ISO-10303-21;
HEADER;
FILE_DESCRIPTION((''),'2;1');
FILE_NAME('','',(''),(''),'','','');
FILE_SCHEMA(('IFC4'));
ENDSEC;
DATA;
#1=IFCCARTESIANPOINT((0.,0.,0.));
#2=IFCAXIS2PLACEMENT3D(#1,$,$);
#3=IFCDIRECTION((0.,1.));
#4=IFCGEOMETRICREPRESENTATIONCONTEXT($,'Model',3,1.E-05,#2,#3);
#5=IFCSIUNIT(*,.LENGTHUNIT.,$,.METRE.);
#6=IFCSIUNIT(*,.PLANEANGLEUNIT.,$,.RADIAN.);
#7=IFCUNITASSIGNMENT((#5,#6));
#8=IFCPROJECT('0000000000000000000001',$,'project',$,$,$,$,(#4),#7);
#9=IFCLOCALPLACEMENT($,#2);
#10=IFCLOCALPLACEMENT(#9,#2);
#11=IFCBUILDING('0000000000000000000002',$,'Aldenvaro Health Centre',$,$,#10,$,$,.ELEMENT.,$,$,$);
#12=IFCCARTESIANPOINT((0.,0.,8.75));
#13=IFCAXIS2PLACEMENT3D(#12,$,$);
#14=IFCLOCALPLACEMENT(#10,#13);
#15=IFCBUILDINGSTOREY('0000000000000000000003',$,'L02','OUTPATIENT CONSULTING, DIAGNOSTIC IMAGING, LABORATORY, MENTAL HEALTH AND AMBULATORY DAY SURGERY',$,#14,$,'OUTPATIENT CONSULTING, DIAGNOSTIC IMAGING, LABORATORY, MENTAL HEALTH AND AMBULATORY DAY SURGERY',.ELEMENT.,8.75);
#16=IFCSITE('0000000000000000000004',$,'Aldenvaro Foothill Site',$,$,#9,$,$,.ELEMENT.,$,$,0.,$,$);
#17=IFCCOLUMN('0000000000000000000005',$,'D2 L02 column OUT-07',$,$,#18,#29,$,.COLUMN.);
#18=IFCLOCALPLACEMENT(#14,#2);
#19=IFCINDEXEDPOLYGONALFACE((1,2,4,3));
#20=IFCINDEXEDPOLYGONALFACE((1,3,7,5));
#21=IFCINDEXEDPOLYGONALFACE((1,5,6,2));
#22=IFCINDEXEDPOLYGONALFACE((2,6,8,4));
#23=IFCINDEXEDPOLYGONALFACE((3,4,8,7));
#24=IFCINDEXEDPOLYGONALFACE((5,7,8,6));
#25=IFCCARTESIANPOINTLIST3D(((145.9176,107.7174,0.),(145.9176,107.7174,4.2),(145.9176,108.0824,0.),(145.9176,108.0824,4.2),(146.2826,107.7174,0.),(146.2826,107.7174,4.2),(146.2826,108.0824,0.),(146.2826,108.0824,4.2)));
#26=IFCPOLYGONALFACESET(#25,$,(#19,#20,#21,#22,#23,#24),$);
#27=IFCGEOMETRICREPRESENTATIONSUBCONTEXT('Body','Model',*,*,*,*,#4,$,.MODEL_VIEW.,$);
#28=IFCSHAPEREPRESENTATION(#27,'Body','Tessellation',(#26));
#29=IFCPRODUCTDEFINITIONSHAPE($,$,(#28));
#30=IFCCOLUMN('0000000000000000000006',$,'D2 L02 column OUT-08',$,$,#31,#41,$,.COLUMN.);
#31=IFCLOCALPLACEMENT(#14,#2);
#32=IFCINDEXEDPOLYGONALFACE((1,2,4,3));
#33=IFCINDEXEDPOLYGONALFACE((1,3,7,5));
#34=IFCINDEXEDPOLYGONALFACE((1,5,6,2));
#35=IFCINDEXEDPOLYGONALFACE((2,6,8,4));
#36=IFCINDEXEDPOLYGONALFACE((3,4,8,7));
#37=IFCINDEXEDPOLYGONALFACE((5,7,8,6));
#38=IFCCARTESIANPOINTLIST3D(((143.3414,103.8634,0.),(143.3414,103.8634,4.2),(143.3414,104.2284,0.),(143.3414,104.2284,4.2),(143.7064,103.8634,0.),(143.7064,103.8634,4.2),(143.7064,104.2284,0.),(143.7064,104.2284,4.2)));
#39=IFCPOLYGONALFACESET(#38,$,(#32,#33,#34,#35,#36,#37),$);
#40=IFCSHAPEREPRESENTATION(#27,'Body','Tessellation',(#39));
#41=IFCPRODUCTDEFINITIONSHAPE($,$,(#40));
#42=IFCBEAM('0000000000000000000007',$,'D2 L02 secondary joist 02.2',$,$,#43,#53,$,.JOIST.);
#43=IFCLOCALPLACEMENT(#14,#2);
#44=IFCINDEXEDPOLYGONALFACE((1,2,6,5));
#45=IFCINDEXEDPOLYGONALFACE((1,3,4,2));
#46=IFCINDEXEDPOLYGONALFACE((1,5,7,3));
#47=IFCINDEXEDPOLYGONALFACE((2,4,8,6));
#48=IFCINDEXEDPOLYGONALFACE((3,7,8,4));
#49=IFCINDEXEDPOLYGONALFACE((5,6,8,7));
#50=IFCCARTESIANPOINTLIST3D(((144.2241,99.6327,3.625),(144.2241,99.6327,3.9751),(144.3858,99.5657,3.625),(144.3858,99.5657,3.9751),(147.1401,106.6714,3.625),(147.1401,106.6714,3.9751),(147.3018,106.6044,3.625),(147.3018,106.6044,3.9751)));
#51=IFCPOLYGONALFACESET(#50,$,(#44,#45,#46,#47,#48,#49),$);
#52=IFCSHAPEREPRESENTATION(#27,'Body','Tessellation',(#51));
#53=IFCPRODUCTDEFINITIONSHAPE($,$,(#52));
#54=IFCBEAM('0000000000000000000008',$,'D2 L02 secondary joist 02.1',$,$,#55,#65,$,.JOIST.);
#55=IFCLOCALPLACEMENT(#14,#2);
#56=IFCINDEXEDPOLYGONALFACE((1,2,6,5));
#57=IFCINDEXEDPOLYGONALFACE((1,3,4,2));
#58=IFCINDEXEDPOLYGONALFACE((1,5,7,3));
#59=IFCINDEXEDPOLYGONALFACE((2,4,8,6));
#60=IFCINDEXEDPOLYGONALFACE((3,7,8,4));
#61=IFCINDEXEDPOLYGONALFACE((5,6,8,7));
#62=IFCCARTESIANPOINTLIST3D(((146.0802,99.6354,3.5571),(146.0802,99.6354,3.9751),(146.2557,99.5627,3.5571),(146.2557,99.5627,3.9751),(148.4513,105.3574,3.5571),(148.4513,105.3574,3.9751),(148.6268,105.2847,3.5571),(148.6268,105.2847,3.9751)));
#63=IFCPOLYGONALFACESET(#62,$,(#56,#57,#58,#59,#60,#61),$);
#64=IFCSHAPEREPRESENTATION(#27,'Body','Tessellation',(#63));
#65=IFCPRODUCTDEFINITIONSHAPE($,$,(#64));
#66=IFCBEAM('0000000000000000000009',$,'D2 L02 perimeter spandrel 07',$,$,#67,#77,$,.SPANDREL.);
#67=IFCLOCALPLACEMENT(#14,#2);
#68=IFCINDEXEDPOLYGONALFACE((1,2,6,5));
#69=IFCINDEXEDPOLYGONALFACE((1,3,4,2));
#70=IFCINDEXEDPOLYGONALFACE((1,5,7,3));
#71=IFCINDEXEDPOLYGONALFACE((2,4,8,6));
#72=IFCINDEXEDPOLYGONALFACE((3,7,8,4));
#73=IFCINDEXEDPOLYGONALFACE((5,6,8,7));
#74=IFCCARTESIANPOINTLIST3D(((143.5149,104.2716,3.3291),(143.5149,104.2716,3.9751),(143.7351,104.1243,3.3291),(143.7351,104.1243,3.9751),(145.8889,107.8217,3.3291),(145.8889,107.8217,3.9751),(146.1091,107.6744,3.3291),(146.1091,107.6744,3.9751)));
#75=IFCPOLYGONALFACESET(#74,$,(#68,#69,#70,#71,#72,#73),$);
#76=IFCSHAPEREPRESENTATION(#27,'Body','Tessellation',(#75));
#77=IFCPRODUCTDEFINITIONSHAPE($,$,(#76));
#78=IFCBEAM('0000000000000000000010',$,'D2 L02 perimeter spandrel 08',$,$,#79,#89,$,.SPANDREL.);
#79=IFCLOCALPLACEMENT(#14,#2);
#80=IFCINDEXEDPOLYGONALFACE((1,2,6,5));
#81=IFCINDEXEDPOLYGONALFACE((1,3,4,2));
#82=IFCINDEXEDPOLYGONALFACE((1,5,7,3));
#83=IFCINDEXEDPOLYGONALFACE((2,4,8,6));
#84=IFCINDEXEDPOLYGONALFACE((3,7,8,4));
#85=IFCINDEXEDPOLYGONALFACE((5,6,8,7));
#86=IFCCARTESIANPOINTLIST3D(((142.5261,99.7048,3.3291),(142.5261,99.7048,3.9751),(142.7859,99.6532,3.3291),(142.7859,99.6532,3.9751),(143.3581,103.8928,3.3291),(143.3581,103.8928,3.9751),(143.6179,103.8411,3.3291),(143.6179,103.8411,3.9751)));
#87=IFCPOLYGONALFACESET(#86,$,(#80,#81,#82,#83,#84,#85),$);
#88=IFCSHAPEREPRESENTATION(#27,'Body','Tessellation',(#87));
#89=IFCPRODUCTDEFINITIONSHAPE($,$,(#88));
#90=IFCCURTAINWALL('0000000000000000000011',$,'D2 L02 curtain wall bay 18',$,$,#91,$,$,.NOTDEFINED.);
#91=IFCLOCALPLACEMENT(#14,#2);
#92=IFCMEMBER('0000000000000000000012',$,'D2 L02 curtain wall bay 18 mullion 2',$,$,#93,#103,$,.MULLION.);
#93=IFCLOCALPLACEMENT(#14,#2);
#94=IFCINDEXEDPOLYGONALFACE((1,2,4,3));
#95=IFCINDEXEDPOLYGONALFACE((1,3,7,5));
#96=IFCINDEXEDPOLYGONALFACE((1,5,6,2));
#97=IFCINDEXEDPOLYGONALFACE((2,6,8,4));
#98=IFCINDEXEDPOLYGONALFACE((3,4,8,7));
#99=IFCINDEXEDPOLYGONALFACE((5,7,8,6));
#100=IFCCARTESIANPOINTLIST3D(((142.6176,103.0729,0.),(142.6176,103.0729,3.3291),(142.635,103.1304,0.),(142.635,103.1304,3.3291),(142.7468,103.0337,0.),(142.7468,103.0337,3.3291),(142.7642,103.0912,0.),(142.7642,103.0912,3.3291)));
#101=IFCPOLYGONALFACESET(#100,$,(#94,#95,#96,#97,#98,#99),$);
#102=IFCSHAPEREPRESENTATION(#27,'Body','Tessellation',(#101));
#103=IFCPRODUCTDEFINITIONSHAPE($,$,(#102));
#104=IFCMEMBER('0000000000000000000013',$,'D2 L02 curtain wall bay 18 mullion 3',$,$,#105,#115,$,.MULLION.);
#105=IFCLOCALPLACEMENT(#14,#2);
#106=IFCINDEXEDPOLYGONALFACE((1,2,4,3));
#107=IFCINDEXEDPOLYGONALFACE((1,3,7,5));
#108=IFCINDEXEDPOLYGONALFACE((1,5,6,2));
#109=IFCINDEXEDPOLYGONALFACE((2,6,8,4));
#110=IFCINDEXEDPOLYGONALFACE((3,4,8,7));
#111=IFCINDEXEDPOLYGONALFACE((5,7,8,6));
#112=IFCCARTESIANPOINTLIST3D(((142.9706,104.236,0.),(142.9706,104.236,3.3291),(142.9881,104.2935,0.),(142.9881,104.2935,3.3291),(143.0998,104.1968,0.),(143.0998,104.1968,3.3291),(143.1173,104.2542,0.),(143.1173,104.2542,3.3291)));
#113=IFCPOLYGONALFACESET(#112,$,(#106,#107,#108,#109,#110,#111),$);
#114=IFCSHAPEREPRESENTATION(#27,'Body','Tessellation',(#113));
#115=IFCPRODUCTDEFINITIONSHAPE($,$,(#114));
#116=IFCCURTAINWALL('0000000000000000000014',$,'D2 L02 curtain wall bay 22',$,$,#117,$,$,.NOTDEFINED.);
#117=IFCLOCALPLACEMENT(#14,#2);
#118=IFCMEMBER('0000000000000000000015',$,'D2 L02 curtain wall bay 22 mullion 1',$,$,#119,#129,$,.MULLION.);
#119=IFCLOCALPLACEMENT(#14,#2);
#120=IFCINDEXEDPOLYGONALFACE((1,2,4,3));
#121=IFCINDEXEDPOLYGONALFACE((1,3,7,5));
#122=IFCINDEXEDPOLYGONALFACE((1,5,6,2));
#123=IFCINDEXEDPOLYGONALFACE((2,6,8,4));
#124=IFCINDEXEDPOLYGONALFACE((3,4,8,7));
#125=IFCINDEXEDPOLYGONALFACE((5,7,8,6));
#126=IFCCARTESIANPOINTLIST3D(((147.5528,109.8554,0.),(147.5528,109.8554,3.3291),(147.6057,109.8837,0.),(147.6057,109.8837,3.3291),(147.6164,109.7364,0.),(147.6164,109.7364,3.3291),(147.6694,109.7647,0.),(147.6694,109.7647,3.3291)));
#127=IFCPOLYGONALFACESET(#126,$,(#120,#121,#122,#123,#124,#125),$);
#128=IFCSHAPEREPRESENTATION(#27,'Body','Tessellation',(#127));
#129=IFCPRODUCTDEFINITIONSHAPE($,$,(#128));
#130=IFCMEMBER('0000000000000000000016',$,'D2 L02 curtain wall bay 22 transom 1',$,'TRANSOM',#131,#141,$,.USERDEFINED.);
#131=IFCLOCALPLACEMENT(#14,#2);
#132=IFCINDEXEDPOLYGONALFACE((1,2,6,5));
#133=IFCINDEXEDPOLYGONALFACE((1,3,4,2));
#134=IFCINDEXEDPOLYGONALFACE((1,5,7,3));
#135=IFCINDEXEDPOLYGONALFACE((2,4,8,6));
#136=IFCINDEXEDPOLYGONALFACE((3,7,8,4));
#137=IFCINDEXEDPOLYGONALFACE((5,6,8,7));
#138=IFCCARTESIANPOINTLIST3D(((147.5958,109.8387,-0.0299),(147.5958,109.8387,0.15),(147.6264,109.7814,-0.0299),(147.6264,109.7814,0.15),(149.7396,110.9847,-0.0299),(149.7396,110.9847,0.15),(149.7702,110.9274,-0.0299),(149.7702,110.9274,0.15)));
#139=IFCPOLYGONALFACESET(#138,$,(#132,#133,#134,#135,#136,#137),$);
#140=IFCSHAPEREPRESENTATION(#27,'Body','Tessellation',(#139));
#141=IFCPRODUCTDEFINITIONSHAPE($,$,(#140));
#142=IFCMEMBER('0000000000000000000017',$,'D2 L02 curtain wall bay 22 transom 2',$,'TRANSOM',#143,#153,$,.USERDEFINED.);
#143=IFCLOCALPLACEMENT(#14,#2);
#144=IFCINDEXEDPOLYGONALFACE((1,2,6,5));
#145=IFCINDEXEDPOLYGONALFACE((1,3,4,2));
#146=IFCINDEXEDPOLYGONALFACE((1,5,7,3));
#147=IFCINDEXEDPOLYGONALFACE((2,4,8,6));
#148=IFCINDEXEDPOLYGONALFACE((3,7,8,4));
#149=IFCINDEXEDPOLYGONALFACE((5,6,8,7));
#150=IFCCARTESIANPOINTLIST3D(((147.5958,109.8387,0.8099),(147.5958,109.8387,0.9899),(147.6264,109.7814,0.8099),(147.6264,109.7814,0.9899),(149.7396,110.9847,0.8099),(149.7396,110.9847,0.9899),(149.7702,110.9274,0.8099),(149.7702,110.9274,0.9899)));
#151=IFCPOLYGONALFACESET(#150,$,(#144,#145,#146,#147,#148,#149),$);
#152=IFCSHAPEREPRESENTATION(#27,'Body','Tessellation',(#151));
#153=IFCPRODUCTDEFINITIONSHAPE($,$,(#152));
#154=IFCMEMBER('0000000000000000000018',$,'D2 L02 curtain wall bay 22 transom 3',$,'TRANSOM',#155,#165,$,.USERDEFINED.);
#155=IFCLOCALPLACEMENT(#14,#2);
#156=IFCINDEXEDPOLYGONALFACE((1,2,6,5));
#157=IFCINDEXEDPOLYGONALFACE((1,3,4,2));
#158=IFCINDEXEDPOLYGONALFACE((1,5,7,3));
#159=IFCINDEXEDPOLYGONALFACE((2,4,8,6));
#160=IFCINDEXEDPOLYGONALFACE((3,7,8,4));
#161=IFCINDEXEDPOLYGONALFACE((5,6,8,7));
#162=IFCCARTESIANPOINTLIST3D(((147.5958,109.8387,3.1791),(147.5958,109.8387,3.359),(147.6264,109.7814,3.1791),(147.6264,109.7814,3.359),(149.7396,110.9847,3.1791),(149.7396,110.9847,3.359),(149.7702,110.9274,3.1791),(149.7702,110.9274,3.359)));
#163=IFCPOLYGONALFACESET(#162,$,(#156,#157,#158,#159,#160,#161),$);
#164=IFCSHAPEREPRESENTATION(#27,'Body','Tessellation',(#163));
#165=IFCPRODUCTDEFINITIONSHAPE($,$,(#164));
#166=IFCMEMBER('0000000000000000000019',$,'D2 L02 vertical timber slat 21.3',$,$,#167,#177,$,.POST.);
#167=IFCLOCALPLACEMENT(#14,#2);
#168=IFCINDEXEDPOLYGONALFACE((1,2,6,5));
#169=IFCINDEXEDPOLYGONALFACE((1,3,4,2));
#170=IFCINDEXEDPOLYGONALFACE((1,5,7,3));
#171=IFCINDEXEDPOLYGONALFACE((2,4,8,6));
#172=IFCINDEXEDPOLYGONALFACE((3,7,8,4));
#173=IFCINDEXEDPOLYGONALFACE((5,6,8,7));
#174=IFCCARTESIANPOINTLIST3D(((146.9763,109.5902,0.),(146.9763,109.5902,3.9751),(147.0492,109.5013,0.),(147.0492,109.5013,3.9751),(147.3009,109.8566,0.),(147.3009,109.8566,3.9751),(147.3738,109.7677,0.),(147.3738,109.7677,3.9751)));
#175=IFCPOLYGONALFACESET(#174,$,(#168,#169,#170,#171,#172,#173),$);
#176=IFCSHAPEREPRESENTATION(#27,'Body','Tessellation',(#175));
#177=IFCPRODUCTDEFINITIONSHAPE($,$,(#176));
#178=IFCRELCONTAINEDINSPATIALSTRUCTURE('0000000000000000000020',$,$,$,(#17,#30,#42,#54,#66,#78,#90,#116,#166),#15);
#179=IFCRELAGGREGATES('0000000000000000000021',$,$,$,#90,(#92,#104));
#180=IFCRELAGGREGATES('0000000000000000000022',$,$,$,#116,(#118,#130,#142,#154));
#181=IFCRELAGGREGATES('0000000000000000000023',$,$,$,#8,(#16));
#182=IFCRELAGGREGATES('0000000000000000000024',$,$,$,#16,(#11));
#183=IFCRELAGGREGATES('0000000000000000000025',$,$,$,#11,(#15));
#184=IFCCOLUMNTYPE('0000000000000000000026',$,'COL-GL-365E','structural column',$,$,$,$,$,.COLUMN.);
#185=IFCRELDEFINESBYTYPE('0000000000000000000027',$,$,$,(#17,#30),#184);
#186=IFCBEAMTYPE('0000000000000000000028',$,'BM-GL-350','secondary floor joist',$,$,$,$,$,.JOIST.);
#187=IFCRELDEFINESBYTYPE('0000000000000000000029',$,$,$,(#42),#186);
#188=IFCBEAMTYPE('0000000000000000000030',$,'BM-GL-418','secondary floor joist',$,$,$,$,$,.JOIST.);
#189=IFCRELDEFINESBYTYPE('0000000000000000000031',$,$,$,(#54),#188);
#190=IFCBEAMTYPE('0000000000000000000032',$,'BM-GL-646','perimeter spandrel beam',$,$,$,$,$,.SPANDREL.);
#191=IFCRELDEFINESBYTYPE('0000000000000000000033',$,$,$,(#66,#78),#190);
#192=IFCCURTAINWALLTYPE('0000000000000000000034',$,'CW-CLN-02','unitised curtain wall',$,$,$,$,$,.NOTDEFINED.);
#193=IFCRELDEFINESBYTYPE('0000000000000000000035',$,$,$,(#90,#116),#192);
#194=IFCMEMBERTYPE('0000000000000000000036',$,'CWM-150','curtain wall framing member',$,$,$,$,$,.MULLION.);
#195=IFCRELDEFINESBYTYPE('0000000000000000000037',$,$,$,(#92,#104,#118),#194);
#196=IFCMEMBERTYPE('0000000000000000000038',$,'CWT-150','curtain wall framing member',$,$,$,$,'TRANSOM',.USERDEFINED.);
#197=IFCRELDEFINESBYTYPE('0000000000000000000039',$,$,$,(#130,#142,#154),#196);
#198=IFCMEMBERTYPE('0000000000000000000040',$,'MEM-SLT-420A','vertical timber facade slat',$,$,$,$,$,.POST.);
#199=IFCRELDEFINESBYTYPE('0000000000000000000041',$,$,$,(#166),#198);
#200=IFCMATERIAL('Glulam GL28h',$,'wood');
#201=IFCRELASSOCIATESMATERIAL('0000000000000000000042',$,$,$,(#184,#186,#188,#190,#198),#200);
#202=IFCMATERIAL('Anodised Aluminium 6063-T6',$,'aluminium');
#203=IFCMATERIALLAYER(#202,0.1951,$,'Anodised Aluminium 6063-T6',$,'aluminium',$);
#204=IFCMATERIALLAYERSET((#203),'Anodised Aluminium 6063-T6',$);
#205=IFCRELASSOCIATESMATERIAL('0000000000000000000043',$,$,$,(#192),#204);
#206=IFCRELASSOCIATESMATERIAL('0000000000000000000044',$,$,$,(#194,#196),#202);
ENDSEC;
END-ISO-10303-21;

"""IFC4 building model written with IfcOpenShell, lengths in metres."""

from ifc_helpers import new_model, si_unit, direction, frame, origin, origin_2d, place, context, subcontext, project, spatial, rectangle, extrude, material, layer, layer_set, material_profile, profile_set, type_object, element, aggregate, save


model = new_model("IFC4")

# Units and contexts
model_context = context("Model", 3, precision=1e-05, world=origin(), true_north=direction((0.0, 1.0)))
body_context = subcontext(model_context, "Body", "Model", "MODEL_VIEW")
ifc_project = project(units=[si_unit("LENGTHUNIT", "METRE"), si_unit("PLANEANGLEUNIT", "RADIAN")], contexts=[model_context])

# Site, building, storey
site_placement = place(None, origin())
site = spatial("IfcSite", under=ifc_project, at=site_placement, Name="Aldenvaro Foothill Site", CompositionType="ELEMENT", RefElevation=0.0)
building_placement = place(site_placement, origin())
building = spatial("IfcBuilding", under=site, at=building_placement, Name="Aldenvaro Health Centre", CompositionType="ELEMENT")
storey_placement = place(building_placement, frame((0.0, 0.0, 8.75)))
storey = spatial("IfcBuildingStorey", under=building, at=storey_placement, Name="L02", Description="OUTPATIENT CONSULTING, DIAGNOSTIC IMAGING, LABORATORY, MENTAL HEALTH AND AMBULATORY DAY SURGERY", LongName="OUTPATIENT CONSULTING, DIAGNOSTIC IMAGING, LABORATORY, MENTAL HEALTH AND AMBULATORY DAY SURGERY", CompositionType="ELEMENT", Elevation=8.75)

# Columns
ifc_material_1 = material(Name="Glulam GL28h", Category="wood")
ifc_material_profile_1 = material_profile(ifc_material_1, rectangle(XDim=0.365, YDim=0.365, at=origin_2d()), Name="GL 365x365", Category="wood")
ifc_profile_set_1 = profile_set([ifc_material_profile_1], Name="Glulam GL28h")
column_type = type_object("IfcColumnType", Name="COL-GL-365E", Description="structural column", PredefinedType="COLUMN", material=ifc_profile_set_1)
for number, where, z_axis, x_axis, name in (
    (1, (146.1001, 107.8999, 0.0), (0.0, 0.0, 1.0), (1.0, 0.0, 0.0), "D2 L02 column OUT-07"),
    (2, (143.5239, 104.0459, 0.0), (0.0, 0.0, 1.0), (1.0, 0.0, 0.0), "D2 L02 column OUT-08"),
):
    element("IfcColumn", number, at=place(storey_placement, frame(where, z_axis=z_axis, x_axis=x_axis)), inside=storey, type_object=column_type, Name=name, PredefinedType="COLUMN", context=body_context, shape_type="SweptSolid", body=[
        extrude(rectangle(XDim=0.365, YDim=0.365, at=origin_2d()), origin(), (0.0, 0.0, 1.0), 4.2),
    ])

# Beams
ifc_material_profile_2 = material_profile(ifc_material_1, rectangle(XDim=0.175, YDim=0.3501, at=origin_2d()), Name="GL 175x350", Category="wood")
ifc_profile_set_2 = profile_set([ifc_material_profile_2], Name="Glulam GL28h")
beam_type_1 = type_object("IfcBeamType", Name="BM-GL-350", Description="secondary floor joist", PredefinedType="JOIST", material=ifc_profile_set_2)
beam_1_placement = place(storey_placement, frame((147.2209, 106.6379, 3.8), z_axis=(-0.382733, -0.923859, 0.0), x_axis=(0.923859, -0.382733, 0.0)))
element("IfcBeam", 3, at=beam_1_placement, inside=storey, type_object=beam_type_1, Name="D2 L02 secondary joist 02.2", PredefinedType="JOIST", context=body_context, shape_type="SweptSolid", body=[
    extrude(rectangle(XDim=0.175, YDim=0.3501, at=origin_2d()), origin(), (0.0, 0.0, 1.0), 7.6189),
])
ifc_material_profile_3 = material_profile(ifc_material_1, rectangle(XDim=0.1899, YDim=0.418, at=origin_2d()), Name="GL 190x418", Category="wood")
ifc_profile_set_3 = profile_set([ifc_material_profile_3], Name="Glulam GL28h")
beam_type_2 = type_object("IfcBeamType", Name="BM-GL-418", Description="secondary floor joist", PredefinedType="JOIST", material=ifc_profile_set_3)
beam_2_placement = place(storey_placement, frame((148.5391, 105.321, 3.7661), z_axis=(-0.382821, -0.923823, 0.0), x_axis=(0.923823, -0.382821, 0.0)))
element("IfcBeam", 4, at=beam_2_placement, inside=storey, type_object=beam_type_2, Name="D2 L02 secondary joist 02.1", PredefinedType="JOIST", context=body_context, shape_type="SweptSolid", body=[
    extrude(rectangle(XDim=0.1899, YDim=0.418, at=origin_2d()), origin(), (0.0, 0.0, 1.0), 6.1938),
])
ifc_material_profile_4 = material_profile(ifc_material_1, rectangle(XDim=0.2649, YDim=0.646, at=origin_2d()), Name="GL 265x646", Category="wood")
ifc_profile_set_4 = profile_set([ifc_material_profile_4], Name="Glulam GL28h")
beam_type_3 = type_object("IfcBeamType", Name="BM-GL-646", Description="perimeter spandrel beam", PredefinedType="SPANDREL", material=ifc_profile_set_4)
beam_3_placement = place(storey_placement, frame((145.999, 107.748, 3.6521), z_axis=(-0.555887, -0.831258, 0.0), x_axis=(0.831258, -0.555887, 0.0)))
element("IfcBeam", 5, at=beam_3_placement, inside=storey, type_object=beam_type_3, Name="D2 L02 perimeter spandrel 07", PredefinedType="SPANDREL", context=body_context, shape_type="SweptSolid", body=[
    extrude(rectangle(XDim=0.2649, YDim=0.646, at=origin_2d()), origin(), (0.0, 0.0, 1.0), 4.2708),
])
beam_4_placement = place(storey_placement, frame((143.488, 103.8669, 3.6521), z_axis=(-0.194862, -0.980831, 0.0), x_axis=(0.980831, -0.194862, 0.0)))
element("IfcBeam", 6, at=beam_4_placement, inside=storey, type_object=beam_type_3, Name="D2 L02 perimeter spandrel 08", PredefinedType="SPANDREL", context=body_context, shape_type="SweptSolid", body=[
    extrude(rectangle(XDim=0.2649, YDim=0.646, at=origin_2d()), origin(), (0.0, 0.0, 1.0), 4.2698),
])

# Curtain walls, members
ifc_material_2 = material(Name="Anodised Aluminium 6063-T6", Category="aluminium")
ifc_layer_1 = layer(ifc_material_2, 0.1951, Name="Anodised Aluminium 6063-T6", Category="aluminium")
ifc_layer_set_1 = layer_set([ifc_layer_1], Name="Anodised Aluminium 6063-T6")
curtain_wall_type = type_object("IfcCurtainWallType", Name="CW-CLN-02", Description="unitised curtain wall", PredefinedType="NOTDEFINED", material=ifc_layer_set_1)
curtain_wall_1_placement = place(storey_placement, origin())
curtain_wall_1 = element("IfcCurtainWall", 7, at=curtain_wall_1_placement, inside=storey, type_object=curtain_wall_type, Name="D2 L02 curtain wall bay 18", PredefinedType="NOTDEFINED")
ifc_material_profile_5 = material_profile(ifc_material_2, rectangle(XDim=0.0601, YDim=0.135, at=origin_2d()), Name="ALU 60x135", Category="aluminium")
ifc_profile_set_5 = profile_set([ifc_material_profile_5], Name="Anodised Aluminium 6063-T6")
member_type_1 = type_object("IfcMemberType", Name="CWM-150", Description="curtain wall framing member", PredefinedType="MULLION", material=ifc_profile_set_5)
member_1_placement = place(storey_placement, frame((142.6909, 103.082, 0.0), z_axis=(0.0, 0.0, 1.0), x_axis=(0.290441, 0.956893, 0.0)))
member_1 = element("IfcMember", 8, at=member_1_placement, type_object=member_type_1, Name="D2 L02 curtain wall bay 18 mullion 2", PredefinedType="MULLION", context=body_context, shape_type="SweptSolid", body=[
    extrude(rectangle(XDim=0.0601, YDim=0.135, at=origin_2d()), origin(), (0.0, 0.0, 1.0), 3.3291),
])
member_2_placement = place(storey_placement, frame((143.0439, 104.2451, 0.0), z_axis=(0.0, 0.0, 1.0), x_axis=(0.290441, 0.956893, 0.0)))
member_2 = element("IfcMember", 9, at=member_2_placement, type_object=member_type_1, Name="D2 L02 curtain wall bay 18 mullion 3", PredefinedType="MULLION", context=body_context, shape_type="SweptSolid", body=[
    extrude(rectangle(XDim=0.0601, YDim=0.135, at=origin_2d()), origin(), (0.0, 0.0, 1.0), 3.3291),
])
curtain_wall_2_placement = place(storey_placement, origin())
curtain_wall_2 = element("IfcCurtainWall", 10, at=curtain_wall_2_placement, inside=storey, type_object=curtain_wall_type, Name="D2 L02 curtain wall bay 22", PredefinedType="NOTDEFINED")
member_3_placement = place(storey_placement, frame((147.6111, 109.8101, 0.0), z_axis=(0.0, 0.0, 1.0), x_axis=(0.88192, 0.471399, 0.0)))
member_3 = element("IfcMember", 11, at=member_3_placement, type_object=member_type_1, Name="D2 L02 curtain wall bay 22 mullion 1", PredefinedType="MULLION", context=body_context, shape_type="SweptSolid", body=[
    extrude(rectangle(XDim=0.0601, YDim=0.135, at=origin_2d()), origin(), (0.0, 0.0, 1.0), 3.3291),
])
ifc_material_profile_6 = material_profile(ifc_material_2, rectangle(XDim=0.0649, YDim=0.1799, at=origin_2d()), Name="ALU 65x180", Category="aluminium")
ifc_profile_set_6 = profile_set([ifc_material_profile_6], Name="Anodised Aluminium 6063-T6")
member_type_2 = type_object("IfcMemberType", Name="CWT-150", Description="curtain wall framing member", ElementType="TRANSOM", PredefinedType="USERDEFINED", material=ifc_profile_set_6)
member_4_placement = place(storey_placement, frame((147.6111, 109.8101, 0.0601), z_axis=(0.881902, 0.471432, 0.0), x_axis=(-0.471432, 0.881902, 0.0)))
member_4 = element("IfcMember", 12, at=member_4_placement, type_object=member_type_2, Name="D2 L02 curtain wall bay 22 transom 1", ObjectType="TRANSOM", PredefinedType="USERDEFINED", context=body_context, shape_type="SweptSolid", body=[
    extrude(rectangle(XDim=0.0649, YDim=0.1799, at=origin_2d()), origin(), (0.0, 0.0, 1.0), 2.4309),
])
member_5_placement = place(storey_placement, frame((147.6111, 109.8101, 0.8999), z_axis=(0.881902, 0.471432, 0.0), x_axis=(-0.471432, 0.881902, 0.0)))
member_5 = element("IfcMember", 13, at=member_5_placement, type_object=member_type_2, Name="D2 L02 curtain wall bay 22 transom 2", ObjectType="TRANSOM", PredefinedType="USERDEFINED", context=body_context, shape_type="SweptSolid", body=[
    extrude(rectangle(XDim=0.0649, YDim=0.1799, at=origin_2d()), origin(), (0.0, 0.0, 1.0), 2.4309),
])
member_6_placement = place(storey_placement, frame((147.6111, 109.8101, 3.269), z_axis=(0.881902, 0.471432, 0.0), x_axis=(-0.471432, 0.881902, 0.0)))
member_6 = element("IfcMember", 14, at=member_6_placement, type_object=member_type_2, Name="D2 L02 curtain wall bay 22 transom 3", ObjectType="TRANSOM", PredefinedType="USERDEFINED", context=body_context, shape_type="SweptSolid", body=[
    extrude(rectangle(XDim=0.0649, YDim=0.1799, at=origin_2d()), origin(), (0.0, 0.0, 1.0), 2.4309),
])

# Member
ifc_material_profile_7 = material_profile(ifc_material_1, rectangle(XDim=0.115, YDim=0.4199, at=origin_2d()), Name="GL 115x420", Category="wood")
ifc_profile_set_7 = profile_set([ifc_material_profile_7], Name="Glulam GL28h")
member_type_3 = type_object("IfcMemberType", Name="MEM-SLT-420A", Description="vertical timber facade slat", PredefinedType="POST", material=ifc_profile_set_7)
member_7_placement = place(storey_placement, frame((147.175, 109.679, 0.0), z_axis=(0.0, 0.0, 1.0), x_axis=(-0.63438, 0.773022, 0.0)))
element("IfcMember", 15, at=member_7_placement, inside=storey, type_object=member_type_3, Name="D2 L02 vertical timber slat 21.3", PredefinedType="POST", context=body_context, shape_type="SweptSolid", body=[
    extrude(rectangle(XDim=0.115, YDim=0.4199, at=origin_2d()), origin(), (0.0, 0.0, 1.0), 3.9751),
])

aggregate(curtain_wall_1, [member_1, member_2])
aggregate(curtain_wall_2, [member_3, member_4, member_5, member_6])

save(model, "model.ifc")
